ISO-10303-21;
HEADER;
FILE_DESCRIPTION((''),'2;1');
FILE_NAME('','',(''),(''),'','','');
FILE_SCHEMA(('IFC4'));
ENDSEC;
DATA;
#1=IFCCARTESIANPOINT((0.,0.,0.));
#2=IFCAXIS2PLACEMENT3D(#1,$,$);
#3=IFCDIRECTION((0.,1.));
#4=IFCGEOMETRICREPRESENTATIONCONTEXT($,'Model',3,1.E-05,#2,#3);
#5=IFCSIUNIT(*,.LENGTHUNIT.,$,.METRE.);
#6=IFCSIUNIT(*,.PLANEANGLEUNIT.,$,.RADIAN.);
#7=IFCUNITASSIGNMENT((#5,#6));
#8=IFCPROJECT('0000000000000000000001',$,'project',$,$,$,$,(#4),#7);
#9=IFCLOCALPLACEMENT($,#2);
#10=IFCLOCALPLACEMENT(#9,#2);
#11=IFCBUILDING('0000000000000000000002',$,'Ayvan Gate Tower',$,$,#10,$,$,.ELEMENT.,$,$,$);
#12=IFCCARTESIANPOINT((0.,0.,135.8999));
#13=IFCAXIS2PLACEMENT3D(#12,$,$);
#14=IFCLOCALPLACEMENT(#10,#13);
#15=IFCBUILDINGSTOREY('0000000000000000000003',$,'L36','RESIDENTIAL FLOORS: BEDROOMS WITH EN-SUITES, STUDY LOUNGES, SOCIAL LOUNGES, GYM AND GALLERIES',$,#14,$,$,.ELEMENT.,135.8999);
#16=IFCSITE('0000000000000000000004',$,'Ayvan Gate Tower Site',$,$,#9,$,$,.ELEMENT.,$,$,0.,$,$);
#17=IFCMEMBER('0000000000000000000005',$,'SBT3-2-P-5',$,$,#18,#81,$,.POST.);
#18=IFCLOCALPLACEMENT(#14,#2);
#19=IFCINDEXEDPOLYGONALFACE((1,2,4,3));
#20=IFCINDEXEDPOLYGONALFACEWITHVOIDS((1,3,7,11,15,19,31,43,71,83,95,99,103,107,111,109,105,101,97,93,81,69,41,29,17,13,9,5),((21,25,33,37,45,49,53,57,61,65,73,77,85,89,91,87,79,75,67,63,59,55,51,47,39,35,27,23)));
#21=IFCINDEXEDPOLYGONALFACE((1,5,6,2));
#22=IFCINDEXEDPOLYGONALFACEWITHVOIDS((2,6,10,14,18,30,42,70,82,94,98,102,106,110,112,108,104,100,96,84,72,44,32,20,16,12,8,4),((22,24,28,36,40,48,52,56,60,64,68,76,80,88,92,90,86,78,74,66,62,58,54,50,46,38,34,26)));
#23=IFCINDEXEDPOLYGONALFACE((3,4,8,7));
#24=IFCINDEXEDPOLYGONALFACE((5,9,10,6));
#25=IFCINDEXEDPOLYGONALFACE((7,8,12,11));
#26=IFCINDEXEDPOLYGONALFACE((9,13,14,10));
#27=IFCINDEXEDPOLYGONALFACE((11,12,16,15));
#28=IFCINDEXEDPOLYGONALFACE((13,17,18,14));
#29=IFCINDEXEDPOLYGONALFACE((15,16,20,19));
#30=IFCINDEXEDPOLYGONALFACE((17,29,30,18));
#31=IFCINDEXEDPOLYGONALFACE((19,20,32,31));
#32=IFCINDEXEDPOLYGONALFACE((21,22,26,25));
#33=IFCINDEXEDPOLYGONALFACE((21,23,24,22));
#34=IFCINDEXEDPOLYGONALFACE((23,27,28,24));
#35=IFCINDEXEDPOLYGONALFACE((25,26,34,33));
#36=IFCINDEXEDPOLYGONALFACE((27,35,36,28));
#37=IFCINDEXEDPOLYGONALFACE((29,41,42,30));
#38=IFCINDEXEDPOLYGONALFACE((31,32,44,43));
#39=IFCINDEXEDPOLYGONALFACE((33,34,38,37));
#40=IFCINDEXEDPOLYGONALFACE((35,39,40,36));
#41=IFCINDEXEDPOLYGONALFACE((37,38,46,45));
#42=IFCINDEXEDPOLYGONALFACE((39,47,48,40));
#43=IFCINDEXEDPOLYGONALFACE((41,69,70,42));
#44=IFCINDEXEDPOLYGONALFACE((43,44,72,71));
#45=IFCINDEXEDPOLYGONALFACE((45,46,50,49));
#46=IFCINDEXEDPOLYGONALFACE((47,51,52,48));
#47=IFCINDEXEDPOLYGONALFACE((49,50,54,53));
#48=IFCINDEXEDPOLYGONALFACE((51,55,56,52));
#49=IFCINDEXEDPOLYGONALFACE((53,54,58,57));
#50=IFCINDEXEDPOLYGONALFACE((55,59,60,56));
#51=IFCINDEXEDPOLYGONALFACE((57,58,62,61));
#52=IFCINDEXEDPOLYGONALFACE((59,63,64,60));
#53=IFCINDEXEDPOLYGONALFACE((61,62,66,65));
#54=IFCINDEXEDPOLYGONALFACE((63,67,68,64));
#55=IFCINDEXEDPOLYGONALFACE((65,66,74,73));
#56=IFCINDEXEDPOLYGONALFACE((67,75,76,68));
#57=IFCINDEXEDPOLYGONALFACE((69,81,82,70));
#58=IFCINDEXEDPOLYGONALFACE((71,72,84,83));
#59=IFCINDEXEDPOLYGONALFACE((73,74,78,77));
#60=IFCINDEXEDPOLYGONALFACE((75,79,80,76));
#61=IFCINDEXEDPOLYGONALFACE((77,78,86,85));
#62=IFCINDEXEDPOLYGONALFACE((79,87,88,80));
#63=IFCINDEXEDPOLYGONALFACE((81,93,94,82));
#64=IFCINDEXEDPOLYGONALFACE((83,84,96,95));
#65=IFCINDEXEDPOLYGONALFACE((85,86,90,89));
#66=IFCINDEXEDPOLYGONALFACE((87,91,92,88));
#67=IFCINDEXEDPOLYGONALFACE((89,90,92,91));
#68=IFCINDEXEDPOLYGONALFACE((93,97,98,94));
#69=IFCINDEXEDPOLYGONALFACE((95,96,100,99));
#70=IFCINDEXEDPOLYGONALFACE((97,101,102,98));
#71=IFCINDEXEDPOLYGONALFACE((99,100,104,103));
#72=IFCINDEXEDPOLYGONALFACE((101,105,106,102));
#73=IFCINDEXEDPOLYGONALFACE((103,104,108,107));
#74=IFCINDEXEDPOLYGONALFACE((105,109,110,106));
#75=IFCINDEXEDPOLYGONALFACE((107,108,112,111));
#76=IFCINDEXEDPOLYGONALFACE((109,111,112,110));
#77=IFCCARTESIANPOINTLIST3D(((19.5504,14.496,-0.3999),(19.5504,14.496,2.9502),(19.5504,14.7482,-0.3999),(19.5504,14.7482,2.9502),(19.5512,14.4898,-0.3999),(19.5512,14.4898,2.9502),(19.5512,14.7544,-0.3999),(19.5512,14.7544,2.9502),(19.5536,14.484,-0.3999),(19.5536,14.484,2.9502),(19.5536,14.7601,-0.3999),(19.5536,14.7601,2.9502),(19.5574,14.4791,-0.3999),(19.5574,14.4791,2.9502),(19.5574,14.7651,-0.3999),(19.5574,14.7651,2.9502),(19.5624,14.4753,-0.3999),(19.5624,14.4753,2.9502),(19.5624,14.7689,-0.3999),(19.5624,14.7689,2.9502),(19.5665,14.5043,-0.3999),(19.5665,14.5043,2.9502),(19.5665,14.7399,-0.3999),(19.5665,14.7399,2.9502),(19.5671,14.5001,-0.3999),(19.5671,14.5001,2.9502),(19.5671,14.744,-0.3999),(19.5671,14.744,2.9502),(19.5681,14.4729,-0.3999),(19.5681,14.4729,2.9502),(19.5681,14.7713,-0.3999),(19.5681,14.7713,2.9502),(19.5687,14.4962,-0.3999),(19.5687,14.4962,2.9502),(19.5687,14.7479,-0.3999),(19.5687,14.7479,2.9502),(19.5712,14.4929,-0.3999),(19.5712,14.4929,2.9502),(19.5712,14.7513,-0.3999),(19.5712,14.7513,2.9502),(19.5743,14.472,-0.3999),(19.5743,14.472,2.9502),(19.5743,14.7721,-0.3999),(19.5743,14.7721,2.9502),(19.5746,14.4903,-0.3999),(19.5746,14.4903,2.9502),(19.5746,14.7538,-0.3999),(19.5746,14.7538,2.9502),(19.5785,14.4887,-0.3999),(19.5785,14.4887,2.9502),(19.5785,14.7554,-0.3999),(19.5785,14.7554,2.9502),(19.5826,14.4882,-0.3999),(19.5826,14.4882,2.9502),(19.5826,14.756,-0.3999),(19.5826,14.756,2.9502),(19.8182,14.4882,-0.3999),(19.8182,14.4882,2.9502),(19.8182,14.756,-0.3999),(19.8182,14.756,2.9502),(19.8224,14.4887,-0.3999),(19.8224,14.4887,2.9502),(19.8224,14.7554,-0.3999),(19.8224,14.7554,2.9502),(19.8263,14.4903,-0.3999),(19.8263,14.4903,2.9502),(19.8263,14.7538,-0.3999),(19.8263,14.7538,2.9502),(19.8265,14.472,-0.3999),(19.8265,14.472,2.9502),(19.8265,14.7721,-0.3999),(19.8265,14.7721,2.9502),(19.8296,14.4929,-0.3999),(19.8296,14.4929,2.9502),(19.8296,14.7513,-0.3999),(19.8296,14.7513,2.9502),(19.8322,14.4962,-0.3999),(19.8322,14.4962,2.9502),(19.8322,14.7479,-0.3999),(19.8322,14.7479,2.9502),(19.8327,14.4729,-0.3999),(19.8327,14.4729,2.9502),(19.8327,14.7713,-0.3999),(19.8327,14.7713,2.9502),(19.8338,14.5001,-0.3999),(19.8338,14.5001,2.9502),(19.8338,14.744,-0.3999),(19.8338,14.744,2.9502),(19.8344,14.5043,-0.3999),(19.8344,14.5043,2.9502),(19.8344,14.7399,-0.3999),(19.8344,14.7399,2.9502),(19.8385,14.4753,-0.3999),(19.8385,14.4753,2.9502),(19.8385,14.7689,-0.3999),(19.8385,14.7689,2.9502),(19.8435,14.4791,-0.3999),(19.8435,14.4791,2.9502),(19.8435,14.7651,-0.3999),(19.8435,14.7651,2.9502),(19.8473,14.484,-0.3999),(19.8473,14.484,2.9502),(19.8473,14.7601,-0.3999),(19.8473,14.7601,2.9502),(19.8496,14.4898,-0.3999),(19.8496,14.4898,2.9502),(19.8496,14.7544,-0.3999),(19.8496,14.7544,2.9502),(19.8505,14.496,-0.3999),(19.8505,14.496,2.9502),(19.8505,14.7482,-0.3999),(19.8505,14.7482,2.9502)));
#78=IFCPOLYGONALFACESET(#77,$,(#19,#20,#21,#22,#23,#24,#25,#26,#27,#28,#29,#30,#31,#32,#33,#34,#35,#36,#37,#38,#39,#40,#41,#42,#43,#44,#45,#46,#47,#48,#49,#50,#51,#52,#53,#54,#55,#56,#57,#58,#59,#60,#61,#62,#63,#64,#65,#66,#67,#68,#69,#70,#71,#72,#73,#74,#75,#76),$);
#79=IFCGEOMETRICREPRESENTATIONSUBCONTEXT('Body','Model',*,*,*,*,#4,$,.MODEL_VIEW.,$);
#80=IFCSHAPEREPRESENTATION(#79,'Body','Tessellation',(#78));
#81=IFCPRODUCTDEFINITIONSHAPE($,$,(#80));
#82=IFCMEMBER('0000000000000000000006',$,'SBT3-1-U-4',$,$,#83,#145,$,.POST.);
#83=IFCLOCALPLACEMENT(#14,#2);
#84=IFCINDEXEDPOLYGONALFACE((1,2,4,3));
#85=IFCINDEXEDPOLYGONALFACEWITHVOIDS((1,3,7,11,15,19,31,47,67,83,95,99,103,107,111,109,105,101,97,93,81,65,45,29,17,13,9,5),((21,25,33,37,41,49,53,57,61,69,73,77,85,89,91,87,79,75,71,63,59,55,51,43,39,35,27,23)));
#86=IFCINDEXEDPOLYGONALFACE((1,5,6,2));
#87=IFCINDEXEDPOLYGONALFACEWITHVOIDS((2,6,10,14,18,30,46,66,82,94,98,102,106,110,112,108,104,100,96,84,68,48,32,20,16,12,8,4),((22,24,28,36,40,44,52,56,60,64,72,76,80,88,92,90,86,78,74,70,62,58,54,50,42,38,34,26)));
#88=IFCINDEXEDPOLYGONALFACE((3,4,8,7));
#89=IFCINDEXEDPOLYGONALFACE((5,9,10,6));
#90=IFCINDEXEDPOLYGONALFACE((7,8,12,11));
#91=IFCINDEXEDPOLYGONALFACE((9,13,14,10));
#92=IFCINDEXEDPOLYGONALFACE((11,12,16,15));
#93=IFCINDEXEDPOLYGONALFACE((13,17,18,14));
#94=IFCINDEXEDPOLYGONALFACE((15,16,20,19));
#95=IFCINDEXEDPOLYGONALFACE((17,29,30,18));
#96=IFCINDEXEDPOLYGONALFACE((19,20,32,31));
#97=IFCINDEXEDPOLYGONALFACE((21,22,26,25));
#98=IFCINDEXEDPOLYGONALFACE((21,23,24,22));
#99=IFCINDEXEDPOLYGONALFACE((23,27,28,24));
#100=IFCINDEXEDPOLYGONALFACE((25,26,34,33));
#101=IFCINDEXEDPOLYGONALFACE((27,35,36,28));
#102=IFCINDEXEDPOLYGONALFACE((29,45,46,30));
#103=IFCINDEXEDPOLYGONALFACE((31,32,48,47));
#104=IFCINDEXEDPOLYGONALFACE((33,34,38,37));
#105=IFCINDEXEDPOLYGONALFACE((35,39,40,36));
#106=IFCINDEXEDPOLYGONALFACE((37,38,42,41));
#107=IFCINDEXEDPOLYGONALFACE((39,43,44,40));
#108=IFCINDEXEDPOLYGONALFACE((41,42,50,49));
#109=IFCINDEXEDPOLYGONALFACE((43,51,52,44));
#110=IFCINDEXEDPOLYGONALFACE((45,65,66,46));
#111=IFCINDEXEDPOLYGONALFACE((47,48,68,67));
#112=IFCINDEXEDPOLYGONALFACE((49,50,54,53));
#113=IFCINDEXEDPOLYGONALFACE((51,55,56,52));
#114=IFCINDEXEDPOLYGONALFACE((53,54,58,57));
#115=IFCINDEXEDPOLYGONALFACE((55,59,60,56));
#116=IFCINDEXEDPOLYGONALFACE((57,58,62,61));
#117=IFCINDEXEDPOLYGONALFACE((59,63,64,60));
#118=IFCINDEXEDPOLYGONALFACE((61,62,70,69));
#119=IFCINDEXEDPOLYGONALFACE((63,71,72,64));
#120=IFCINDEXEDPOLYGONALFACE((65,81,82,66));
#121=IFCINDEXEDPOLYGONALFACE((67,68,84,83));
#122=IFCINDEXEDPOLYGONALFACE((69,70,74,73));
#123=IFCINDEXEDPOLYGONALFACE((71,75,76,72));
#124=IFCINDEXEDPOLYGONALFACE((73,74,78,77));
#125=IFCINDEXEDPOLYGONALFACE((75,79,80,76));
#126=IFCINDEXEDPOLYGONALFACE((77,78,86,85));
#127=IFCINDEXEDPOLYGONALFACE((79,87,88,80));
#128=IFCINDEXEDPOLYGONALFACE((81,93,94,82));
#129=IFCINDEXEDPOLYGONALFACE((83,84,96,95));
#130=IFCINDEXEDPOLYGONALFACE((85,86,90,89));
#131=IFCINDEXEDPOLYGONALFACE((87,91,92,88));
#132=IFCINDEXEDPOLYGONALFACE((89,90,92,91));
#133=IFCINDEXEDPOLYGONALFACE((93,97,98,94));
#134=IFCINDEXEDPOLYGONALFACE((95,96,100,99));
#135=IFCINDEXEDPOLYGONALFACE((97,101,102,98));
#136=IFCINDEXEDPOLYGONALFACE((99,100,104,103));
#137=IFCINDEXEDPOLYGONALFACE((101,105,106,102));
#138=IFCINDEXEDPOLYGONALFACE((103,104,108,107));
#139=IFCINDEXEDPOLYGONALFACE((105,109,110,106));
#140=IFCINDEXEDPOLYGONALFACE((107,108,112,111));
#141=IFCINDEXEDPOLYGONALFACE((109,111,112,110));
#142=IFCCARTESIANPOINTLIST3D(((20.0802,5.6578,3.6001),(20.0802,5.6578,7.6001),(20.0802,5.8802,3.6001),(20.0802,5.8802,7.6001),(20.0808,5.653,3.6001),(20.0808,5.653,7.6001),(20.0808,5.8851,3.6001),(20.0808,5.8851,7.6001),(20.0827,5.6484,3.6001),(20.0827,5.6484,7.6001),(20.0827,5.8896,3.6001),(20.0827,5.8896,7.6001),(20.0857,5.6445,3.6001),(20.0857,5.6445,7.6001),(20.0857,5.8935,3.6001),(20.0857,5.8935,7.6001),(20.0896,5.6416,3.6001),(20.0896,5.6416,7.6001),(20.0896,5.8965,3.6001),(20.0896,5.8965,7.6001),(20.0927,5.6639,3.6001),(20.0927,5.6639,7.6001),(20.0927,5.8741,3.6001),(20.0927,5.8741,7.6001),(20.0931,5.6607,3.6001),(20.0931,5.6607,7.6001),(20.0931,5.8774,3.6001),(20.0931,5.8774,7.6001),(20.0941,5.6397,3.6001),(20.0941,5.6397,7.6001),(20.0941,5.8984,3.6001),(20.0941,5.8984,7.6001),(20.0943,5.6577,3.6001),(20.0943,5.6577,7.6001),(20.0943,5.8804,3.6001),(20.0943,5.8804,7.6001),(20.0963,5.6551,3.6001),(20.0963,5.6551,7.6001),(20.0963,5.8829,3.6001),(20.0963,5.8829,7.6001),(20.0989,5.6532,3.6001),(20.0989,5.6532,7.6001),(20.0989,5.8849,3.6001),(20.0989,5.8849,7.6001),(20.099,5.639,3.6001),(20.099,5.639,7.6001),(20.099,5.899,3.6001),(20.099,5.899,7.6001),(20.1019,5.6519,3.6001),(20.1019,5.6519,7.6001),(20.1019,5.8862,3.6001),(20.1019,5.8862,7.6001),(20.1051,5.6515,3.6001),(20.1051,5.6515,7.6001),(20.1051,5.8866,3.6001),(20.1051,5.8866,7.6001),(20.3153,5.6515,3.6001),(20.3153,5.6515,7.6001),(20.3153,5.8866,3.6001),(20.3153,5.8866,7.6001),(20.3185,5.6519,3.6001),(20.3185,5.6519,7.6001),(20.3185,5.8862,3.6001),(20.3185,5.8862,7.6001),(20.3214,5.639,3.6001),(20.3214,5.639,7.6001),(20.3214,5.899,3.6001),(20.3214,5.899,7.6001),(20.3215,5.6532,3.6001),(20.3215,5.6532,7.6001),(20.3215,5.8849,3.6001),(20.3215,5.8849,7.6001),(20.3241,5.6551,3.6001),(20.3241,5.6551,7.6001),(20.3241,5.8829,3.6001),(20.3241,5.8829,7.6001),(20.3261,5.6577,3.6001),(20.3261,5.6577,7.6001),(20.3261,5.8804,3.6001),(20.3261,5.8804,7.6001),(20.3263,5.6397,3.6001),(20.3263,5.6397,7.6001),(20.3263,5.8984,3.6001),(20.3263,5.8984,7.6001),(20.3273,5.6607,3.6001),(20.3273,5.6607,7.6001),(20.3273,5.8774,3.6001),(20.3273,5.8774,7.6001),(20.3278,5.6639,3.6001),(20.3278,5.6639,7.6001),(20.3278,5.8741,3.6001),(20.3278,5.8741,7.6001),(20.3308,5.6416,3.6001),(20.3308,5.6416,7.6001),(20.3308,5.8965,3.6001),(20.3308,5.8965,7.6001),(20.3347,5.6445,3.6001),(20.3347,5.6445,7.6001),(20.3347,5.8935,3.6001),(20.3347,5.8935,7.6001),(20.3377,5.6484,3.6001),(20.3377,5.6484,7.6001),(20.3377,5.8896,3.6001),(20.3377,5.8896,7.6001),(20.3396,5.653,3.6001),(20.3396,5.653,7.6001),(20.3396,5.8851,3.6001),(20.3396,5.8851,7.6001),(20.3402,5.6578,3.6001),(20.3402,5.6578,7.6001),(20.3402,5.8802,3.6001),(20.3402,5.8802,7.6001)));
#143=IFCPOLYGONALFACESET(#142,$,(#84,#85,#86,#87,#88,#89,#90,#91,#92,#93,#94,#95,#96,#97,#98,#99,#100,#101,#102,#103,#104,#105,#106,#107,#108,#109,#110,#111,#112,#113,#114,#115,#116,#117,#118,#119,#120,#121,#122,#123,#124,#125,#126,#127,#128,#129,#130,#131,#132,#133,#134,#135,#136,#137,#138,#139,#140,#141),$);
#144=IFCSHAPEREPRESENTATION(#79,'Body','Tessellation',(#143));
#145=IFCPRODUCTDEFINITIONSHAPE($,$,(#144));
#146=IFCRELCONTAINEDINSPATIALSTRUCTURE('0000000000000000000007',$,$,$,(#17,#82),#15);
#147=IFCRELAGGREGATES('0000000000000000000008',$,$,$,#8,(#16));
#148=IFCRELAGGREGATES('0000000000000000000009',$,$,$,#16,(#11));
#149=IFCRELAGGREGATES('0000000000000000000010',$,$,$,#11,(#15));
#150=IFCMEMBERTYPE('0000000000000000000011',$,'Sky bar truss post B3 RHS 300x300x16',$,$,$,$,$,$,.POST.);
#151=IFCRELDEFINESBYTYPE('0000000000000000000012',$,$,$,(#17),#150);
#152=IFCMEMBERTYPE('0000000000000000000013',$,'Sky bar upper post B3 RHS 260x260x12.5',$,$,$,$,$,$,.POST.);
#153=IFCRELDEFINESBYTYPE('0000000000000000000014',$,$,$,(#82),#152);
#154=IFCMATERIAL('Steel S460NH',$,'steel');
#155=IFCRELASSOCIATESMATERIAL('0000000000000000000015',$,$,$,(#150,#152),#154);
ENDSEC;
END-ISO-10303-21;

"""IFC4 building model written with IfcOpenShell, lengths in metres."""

from ifc_helpers import new_model, si_unit, direction, frame, origin, origin_2d, place, context, subcontext, project, spatial, hollow_rectangle, extrude, material, material_profile, profile_set, type_object, element, save


model = new_model("IFC4")

# Units and contexts
model_context = context("Model", 3, precision=1e-05, world=origin(), true_north=direction((0.0, 1.0)))
body_context = subcontext(model_context, "Body", "Model", "MODEL_VIEW")
ifc_project = project(units=[si_unit("LENGTHUNIT", "METRE"), si_unit("PLANEANGLEUNIT", "RADIAN")], contexts=[model_context])

# Site, building, storey
site_placement = place(None, origin())
site = spatial("IfcSite", under=ifc_project, at=site_placement, Name="Ayvan Gate Tower Site", CompositionType="ELEMENT", RefElevation=0.0)
building_placement = place(site_placement, origin())
building = spatial("IfcBuilding", under=site, at=building_placement, Name="Ayvan Gate Tower", CompositionType="ELEMENT")
storey_placement = place(building_placement, frame((0.0, 0.0, 135.8999)))
storey = spatial("IfcBuildingStorey", under=building, at=storey_placement, Name="L36", Description="RESIDENTIAL FLOORS: BEDROOMS WITH EN-SUITES, STUDY LOUNGES, SOCIAL LOUNGES, GYM AND GALLERIES", CompositionType="ELEMENT", Elevation=135.8999)

# Members
ifc_material_1 = material(Name="Steel S460NH", Category="steel")
ifc_material_profile_1 = material_profile(ifc_material_1, hollow_rectangle(XDim=0.3, YDim=0.3, WallThickness=0.0161, InnerFilletRadius=0.0161, OuterFilletRadius=0.0239, at=origin_2d()), Name="RHS 300x300x16")
ifc_profile_set_1 = profile_set([ifc_material_profile_1], Name="Steel S460NH")
member_type_1 = type_object("IfcMemberType", Name="Sky bar truss post B3 RHS 300x300x16", PredefinedType="POST", material=ifc_profile_set_1)
member_1_placement = place(storey_placement, frame((19.7004, 14.6221, -0.3999), z_axis=(0.0, 0.0, 1.0), x_axis=(1.0, 0.0, 0.0)))
element("IfcMember", 1, at=member_1_placement, inside=storey, type_object=member_type_1, Name="SBT3-2-P-5", PredefinedType="POST", context=body_context, shape_type="SweptSolid", body=[
    extrude(hollow_rectangle(XDim=0.3, YDim=0.3, WallThickness=0.0161, InnerFilletRadius=0.0161, OuterFilletRadius=0.0239, at=origin_2d()), origin(), (0.0, 0.0, 1.0), 3.3501),
])
ifc_material_profile_2 = material_profile(ifc_material_1, hollow_rectangle(XDim=0.26, YDim=0.26, WallThickness=0.0125, InnerFilletRadius=0.0125, OuterFilletRadius=0.0188, at=origin_2d()), Name="RHS 260x260x12.5")
ifc_profile_set_2 = profile_set([ifc_material_profile_2], Name="Steel S460NH")
member_type_2 = type_object("IfcMemberType", Name="Sky bar upper post B3 RHS 260x260x12.5", PredefinedType="POST", material=ifc_profile_set_2)
for number, where, z_axis, x_axis, name in (
    (2, (20.2102, 5.769, 3.6001), (0.0, 0.0, 1.0), (1.0, 0.0, 0.0), "SBT3-1-U-4"),
):
    element("IfcMember", number, at=place(storey_placement, frame(where, z_axis=z_axis, x_axis=x_axis)), inside=storey, type_object=member_type_2, Name=name, PredefinedType="POST", context=body_context, shape_type="SweptSolid", body=[
        extrude(hollow_rectangle(XDim=0.26, YDim=0.26, WallThickness=0.0125, InnerFilletRadius=0.0125, OuterFilletRadius=0.0188, at=origin_2d()), origin(), (0.0, 0.0, 1.0), 4.0),
    ])

save(model, "model.ifc")
